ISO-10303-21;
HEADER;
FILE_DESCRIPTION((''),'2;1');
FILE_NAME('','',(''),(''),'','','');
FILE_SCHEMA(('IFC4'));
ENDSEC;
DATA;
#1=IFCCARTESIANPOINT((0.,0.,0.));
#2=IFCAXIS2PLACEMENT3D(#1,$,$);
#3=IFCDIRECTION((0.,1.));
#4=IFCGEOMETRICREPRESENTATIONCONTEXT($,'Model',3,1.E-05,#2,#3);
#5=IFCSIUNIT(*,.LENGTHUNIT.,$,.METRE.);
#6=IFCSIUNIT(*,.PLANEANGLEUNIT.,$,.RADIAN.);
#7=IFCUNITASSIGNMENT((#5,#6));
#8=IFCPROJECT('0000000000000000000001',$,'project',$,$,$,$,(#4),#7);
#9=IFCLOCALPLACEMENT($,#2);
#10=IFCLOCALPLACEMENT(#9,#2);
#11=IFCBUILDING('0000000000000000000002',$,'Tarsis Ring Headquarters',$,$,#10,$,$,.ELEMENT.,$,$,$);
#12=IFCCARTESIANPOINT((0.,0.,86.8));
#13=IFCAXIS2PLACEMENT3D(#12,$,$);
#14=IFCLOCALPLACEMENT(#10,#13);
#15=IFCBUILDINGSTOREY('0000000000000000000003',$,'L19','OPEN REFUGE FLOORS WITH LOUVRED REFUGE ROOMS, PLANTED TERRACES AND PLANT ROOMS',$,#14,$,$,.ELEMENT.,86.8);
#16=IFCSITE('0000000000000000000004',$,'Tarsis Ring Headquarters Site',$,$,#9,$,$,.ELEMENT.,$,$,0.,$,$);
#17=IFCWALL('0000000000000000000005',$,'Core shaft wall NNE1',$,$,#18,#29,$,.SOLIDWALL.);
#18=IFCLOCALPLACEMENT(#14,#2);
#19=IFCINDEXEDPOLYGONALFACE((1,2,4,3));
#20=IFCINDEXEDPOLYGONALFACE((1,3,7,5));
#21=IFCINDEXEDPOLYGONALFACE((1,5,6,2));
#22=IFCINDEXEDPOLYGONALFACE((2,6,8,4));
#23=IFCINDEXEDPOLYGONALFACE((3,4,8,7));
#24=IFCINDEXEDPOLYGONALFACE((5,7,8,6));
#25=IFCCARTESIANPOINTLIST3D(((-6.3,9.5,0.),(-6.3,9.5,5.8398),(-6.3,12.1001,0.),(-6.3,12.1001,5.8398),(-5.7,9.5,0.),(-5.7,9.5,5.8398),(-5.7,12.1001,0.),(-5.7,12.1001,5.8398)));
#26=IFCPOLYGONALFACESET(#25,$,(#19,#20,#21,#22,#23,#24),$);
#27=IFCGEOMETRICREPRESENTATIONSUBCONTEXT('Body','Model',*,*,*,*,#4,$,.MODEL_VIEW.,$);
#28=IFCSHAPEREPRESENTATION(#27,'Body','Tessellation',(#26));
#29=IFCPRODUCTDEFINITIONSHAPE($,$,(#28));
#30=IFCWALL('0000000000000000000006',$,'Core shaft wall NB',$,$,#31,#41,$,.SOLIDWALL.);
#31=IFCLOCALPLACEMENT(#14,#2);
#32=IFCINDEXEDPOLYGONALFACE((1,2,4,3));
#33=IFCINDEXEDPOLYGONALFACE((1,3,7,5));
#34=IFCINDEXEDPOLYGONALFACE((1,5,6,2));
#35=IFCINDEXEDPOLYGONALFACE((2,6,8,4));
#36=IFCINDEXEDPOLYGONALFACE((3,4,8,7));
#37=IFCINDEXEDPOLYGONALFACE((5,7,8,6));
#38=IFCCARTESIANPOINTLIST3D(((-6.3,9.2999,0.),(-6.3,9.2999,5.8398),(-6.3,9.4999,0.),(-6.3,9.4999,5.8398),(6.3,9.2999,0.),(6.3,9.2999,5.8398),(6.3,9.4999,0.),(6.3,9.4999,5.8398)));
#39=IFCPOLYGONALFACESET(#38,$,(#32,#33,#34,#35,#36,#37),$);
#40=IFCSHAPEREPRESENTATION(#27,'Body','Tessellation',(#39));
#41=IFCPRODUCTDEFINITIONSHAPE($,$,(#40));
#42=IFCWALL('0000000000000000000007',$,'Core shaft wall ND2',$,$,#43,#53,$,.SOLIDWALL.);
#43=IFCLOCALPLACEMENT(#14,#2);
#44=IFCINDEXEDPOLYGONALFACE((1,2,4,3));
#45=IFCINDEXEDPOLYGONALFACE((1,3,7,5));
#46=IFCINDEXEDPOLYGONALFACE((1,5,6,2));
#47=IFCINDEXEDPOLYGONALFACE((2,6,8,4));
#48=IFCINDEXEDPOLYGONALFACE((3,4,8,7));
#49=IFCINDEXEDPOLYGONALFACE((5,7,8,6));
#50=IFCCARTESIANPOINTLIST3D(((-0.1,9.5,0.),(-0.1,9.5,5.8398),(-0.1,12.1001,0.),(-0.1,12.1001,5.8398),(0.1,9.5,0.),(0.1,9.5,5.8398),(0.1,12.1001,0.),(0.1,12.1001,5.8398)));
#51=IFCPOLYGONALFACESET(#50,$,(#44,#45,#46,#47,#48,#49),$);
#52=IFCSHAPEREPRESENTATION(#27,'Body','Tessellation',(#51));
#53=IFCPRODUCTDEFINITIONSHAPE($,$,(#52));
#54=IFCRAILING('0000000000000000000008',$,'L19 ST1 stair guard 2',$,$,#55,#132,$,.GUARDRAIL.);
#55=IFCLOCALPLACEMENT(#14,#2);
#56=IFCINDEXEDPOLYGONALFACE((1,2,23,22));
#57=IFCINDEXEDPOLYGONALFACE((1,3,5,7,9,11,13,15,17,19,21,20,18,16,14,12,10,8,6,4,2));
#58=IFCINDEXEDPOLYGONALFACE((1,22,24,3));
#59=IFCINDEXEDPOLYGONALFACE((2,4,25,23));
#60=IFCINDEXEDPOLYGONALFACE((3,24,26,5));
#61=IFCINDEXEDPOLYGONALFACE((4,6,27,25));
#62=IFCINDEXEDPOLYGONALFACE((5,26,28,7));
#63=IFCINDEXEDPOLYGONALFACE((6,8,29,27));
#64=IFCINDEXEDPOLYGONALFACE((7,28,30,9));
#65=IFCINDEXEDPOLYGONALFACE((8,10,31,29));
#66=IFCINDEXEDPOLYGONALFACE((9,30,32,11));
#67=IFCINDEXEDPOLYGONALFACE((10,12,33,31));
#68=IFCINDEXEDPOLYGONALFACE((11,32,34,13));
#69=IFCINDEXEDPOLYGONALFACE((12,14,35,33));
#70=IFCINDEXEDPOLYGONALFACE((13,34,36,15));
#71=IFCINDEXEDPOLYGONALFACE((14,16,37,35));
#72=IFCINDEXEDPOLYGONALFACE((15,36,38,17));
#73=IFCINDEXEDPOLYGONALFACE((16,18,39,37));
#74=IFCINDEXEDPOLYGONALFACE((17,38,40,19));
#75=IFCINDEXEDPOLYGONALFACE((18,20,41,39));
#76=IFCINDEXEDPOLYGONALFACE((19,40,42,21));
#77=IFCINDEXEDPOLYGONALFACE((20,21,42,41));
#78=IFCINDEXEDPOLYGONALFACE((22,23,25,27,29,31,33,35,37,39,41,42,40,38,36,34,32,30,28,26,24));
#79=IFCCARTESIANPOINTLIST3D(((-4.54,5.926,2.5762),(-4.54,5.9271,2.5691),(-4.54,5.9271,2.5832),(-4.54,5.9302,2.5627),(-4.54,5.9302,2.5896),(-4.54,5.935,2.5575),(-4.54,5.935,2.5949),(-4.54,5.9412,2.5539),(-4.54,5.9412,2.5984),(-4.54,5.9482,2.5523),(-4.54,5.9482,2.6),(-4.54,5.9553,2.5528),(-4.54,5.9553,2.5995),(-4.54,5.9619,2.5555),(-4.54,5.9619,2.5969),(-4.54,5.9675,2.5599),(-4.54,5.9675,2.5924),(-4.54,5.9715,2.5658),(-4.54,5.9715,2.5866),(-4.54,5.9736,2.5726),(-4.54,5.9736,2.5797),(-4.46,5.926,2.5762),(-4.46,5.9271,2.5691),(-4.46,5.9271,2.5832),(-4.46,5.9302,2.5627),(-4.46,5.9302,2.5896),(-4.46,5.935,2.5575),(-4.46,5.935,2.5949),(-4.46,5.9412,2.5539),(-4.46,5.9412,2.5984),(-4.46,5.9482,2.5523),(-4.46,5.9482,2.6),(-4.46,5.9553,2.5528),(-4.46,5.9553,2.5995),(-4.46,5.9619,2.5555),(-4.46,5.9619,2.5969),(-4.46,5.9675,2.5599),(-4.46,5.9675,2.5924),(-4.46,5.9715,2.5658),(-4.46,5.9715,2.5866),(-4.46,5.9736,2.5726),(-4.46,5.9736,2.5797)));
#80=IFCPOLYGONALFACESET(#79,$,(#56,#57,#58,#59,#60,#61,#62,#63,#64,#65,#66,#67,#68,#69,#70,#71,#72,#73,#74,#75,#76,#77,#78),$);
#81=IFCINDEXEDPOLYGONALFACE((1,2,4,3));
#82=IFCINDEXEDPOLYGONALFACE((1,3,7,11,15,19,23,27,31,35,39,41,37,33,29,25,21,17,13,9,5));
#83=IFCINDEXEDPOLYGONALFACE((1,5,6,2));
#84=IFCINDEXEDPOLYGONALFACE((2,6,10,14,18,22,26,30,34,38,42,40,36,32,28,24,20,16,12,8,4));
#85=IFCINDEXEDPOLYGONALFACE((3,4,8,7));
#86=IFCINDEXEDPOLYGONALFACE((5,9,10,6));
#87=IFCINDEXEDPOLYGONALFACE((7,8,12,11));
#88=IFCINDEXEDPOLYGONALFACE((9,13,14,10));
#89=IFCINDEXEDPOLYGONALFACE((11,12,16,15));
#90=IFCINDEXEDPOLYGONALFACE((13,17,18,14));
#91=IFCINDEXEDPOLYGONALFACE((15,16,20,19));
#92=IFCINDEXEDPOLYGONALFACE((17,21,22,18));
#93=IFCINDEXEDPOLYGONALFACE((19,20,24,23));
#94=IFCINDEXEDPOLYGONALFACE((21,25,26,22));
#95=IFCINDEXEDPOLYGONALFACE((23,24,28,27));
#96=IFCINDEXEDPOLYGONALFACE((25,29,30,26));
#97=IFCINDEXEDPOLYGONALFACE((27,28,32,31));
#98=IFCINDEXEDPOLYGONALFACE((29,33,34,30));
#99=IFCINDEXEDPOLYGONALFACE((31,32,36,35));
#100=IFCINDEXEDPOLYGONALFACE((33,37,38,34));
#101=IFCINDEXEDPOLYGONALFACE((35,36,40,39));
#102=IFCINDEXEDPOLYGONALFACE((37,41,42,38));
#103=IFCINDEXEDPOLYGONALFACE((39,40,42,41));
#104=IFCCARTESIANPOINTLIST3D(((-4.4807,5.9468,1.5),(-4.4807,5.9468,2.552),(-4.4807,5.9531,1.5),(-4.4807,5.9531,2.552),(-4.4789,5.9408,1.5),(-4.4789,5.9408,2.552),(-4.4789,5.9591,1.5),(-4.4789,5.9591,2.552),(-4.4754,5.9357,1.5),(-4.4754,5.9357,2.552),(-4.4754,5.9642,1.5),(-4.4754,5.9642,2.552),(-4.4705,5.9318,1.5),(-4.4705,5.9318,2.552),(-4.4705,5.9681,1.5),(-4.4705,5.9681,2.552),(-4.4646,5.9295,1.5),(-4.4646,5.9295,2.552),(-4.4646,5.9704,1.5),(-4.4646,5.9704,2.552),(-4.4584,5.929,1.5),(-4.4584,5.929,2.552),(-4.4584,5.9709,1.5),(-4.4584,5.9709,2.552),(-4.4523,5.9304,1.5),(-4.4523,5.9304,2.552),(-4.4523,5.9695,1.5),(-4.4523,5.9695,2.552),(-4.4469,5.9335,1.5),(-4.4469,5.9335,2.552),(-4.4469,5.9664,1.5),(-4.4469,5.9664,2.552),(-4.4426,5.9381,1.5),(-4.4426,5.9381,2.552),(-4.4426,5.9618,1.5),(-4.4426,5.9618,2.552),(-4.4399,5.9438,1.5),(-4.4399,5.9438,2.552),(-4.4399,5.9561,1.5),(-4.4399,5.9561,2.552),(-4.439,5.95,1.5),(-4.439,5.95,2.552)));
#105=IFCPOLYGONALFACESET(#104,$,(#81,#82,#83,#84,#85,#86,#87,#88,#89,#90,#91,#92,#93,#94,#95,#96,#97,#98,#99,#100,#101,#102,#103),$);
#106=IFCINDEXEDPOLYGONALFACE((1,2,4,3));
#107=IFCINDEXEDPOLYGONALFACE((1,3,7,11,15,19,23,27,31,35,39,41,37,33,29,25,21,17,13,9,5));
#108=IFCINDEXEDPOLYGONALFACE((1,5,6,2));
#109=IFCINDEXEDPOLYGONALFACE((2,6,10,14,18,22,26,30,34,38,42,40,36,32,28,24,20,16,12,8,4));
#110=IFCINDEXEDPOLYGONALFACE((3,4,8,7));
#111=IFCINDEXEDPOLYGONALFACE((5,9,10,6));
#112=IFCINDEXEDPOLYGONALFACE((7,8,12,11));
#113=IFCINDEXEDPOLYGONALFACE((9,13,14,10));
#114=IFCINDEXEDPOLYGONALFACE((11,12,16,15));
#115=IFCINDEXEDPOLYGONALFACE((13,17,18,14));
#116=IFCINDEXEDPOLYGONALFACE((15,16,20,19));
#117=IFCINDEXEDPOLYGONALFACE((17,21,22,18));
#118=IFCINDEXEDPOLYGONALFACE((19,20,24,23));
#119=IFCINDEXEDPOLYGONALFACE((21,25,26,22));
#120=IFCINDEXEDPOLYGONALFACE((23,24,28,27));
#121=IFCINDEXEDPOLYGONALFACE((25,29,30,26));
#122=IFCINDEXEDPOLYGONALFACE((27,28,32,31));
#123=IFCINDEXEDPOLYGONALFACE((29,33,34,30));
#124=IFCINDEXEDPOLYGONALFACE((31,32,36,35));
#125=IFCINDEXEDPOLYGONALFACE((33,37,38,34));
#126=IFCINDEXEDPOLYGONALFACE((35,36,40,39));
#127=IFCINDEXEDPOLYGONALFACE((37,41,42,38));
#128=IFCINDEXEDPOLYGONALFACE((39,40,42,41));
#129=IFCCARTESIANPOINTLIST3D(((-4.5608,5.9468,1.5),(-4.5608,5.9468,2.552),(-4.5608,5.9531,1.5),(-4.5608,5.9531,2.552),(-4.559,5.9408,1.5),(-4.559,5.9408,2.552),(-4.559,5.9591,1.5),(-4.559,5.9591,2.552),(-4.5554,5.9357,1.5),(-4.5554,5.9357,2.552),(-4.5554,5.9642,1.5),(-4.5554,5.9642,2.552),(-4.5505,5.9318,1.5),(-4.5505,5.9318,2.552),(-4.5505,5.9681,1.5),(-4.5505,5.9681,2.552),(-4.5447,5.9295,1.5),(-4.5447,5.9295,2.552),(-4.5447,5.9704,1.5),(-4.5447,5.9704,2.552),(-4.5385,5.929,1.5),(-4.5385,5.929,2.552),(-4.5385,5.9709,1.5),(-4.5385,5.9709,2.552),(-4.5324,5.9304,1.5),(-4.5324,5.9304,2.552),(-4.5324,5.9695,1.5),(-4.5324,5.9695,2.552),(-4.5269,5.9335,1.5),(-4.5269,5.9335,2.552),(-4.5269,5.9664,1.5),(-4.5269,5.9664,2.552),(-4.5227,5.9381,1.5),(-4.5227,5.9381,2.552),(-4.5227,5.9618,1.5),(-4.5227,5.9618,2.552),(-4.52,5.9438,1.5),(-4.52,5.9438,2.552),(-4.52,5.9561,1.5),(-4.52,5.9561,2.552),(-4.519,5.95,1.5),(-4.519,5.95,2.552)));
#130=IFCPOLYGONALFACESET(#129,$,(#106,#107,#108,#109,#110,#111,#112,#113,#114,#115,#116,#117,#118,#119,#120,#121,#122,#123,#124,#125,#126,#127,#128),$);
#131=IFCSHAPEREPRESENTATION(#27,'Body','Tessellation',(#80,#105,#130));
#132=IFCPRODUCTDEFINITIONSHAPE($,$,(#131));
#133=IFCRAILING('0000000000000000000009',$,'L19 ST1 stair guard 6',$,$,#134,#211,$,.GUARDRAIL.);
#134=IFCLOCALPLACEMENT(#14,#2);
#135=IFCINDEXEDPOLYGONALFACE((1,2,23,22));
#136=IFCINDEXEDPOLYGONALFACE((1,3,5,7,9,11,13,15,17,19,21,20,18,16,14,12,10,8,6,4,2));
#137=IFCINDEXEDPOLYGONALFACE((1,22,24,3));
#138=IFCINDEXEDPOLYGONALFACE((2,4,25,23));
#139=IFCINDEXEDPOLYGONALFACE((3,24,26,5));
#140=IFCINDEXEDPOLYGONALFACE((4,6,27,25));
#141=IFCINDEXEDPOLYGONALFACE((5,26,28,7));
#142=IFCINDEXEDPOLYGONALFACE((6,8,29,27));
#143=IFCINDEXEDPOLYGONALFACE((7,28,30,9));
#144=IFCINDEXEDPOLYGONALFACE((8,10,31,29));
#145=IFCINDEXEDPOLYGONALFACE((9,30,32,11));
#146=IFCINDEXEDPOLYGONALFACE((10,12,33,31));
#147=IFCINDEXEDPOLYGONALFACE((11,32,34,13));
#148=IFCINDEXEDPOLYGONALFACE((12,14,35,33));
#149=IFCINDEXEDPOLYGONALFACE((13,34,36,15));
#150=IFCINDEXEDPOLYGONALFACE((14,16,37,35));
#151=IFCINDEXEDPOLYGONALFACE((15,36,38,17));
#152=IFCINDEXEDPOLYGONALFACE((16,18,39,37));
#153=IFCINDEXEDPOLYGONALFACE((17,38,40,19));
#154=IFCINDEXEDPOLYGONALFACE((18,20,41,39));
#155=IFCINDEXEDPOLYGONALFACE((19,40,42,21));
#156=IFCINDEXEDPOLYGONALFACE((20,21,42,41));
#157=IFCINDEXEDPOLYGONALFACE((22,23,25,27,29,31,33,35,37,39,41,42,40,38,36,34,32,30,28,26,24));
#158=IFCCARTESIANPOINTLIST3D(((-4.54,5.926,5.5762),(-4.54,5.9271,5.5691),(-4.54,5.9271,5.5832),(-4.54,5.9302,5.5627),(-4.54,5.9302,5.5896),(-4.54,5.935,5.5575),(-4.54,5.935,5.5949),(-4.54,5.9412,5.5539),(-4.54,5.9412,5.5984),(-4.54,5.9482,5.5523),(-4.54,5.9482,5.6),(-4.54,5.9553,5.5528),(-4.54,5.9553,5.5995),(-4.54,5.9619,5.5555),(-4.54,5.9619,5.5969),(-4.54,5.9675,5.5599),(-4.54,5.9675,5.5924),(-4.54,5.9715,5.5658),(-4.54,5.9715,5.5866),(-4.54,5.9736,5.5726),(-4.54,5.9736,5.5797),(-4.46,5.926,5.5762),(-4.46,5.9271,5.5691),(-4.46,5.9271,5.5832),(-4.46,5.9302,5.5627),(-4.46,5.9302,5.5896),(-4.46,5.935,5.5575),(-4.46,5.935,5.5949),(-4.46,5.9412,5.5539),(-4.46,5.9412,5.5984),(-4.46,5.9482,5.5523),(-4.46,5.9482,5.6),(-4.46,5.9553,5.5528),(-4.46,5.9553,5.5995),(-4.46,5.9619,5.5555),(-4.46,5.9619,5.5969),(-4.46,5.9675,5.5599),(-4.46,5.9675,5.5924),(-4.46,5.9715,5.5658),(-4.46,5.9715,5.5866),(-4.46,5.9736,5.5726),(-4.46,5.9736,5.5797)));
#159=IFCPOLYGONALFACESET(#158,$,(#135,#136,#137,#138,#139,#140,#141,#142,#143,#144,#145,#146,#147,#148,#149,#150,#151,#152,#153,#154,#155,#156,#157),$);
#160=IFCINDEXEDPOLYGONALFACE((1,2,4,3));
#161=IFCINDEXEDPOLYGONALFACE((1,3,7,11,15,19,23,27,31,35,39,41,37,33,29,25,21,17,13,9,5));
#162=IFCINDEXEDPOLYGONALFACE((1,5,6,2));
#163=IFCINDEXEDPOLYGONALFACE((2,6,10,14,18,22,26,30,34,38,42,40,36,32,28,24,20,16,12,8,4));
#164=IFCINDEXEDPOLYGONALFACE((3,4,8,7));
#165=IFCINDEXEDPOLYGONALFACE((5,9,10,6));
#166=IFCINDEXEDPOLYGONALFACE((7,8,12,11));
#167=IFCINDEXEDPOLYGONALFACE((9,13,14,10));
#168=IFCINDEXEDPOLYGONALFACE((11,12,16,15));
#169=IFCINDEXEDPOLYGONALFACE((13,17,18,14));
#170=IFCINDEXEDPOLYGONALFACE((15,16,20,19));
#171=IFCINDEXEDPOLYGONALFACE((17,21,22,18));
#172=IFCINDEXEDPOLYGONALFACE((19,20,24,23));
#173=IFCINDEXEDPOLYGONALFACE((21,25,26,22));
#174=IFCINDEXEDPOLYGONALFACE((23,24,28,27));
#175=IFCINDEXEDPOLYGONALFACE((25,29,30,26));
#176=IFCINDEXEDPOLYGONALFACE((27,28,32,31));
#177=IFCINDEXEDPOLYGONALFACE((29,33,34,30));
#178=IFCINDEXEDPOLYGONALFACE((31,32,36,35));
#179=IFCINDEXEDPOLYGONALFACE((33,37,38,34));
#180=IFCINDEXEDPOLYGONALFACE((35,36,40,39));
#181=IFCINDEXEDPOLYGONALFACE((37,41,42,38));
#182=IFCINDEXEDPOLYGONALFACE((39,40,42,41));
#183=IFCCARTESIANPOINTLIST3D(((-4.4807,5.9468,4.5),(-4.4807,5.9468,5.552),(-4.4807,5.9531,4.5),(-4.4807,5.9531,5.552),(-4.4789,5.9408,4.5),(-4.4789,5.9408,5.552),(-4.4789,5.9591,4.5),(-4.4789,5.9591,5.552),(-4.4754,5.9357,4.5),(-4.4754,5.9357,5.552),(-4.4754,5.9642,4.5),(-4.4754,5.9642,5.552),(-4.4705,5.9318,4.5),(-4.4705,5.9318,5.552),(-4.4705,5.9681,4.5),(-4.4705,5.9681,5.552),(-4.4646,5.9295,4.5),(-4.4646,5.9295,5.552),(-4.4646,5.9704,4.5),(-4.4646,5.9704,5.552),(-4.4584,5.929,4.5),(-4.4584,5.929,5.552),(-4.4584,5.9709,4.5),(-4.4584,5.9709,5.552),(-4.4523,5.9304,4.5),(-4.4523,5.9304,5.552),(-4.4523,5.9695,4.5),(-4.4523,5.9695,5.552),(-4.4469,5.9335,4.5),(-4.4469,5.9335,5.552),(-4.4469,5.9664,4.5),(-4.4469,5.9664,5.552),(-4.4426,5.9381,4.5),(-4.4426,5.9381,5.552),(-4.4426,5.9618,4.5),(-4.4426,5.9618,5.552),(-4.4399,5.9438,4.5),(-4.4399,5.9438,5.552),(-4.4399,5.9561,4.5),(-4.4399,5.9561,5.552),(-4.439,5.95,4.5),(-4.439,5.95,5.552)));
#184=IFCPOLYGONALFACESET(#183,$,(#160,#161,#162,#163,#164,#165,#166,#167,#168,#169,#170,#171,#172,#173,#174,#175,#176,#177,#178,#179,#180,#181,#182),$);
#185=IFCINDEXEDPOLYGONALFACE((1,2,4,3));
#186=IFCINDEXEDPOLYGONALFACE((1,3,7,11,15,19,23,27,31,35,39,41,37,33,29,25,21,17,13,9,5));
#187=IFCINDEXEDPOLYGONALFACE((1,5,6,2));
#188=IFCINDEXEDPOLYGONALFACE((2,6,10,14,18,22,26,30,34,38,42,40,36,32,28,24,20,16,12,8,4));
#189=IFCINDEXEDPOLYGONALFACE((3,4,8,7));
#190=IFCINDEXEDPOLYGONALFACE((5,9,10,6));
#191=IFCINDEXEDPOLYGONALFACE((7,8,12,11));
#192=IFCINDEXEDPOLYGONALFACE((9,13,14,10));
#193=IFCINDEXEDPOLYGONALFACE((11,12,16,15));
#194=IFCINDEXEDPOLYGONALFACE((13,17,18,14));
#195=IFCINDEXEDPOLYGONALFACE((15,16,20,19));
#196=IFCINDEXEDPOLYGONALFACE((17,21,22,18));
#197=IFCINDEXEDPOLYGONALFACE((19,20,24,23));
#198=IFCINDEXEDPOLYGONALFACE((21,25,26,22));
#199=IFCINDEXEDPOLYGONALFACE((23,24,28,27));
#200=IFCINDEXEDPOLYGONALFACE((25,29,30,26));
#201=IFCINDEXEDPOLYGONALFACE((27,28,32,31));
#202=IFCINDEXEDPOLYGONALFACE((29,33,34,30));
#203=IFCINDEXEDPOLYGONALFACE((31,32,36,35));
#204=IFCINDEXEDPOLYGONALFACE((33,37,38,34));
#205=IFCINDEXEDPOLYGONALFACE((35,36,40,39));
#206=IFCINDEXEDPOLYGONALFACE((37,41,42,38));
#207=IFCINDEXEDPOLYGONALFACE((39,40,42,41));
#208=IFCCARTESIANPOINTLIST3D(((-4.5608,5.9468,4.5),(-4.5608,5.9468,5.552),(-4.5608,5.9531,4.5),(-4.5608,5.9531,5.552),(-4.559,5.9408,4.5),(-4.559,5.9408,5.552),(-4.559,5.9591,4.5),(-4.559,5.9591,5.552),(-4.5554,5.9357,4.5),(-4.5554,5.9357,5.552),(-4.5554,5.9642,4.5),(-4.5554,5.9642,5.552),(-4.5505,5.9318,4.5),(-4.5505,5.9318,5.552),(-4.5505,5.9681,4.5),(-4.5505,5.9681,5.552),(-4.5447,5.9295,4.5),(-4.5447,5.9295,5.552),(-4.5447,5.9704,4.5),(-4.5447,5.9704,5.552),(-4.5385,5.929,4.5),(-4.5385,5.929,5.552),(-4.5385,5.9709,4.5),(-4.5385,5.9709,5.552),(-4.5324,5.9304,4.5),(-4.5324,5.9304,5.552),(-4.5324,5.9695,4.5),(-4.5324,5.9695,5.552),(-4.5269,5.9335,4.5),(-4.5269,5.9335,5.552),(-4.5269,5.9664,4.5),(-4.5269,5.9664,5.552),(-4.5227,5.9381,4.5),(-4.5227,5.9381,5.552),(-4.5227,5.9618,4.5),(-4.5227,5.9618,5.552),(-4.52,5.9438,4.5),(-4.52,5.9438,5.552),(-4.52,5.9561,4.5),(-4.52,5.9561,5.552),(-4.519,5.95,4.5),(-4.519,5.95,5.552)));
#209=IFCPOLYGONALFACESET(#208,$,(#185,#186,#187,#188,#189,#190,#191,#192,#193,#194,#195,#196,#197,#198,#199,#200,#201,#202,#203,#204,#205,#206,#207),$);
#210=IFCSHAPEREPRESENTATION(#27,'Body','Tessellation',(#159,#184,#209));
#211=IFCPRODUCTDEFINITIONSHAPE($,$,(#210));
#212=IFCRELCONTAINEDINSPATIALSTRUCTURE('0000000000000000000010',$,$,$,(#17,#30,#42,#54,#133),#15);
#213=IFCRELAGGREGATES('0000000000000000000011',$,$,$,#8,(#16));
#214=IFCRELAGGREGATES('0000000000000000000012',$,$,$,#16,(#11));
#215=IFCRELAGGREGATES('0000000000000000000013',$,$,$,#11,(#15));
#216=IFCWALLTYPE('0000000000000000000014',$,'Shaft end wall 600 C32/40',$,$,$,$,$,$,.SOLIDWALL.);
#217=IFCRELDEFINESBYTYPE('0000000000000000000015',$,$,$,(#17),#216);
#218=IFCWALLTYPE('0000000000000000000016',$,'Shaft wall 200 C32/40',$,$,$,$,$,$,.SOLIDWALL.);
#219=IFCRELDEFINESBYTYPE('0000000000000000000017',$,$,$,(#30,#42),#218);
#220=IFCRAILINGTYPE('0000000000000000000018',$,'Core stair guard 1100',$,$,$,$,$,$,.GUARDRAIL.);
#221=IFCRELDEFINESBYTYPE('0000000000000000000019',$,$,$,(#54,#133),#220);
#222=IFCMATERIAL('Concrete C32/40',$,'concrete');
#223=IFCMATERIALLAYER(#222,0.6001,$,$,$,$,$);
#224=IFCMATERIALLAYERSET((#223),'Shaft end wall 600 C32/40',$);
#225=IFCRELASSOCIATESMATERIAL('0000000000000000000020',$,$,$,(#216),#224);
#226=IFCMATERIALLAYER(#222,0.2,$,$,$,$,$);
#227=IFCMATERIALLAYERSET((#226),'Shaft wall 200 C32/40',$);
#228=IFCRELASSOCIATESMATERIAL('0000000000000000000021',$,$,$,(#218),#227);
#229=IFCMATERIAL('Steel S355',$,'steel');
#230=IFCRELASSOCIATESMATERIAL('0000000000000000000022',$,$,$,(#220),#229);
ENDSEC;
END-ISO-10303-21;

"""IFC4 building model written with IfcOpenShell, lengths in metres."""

from ifc_helpers import new_model, si_unit, direction, frame, frame_2d, origin, origin_2d, place, context, subcontext, project, spatial, rectangle, circle, extrude, material, layer, layer_set, type_object, element, save


model = new_model("IFC4")

# Units and contexts
model_context = context("Model", 3, precision=1e-05, world=origin(), true_north=direction((0.0, 1.0)))
body_context = subcontext(model_context, "Body", "Model", "MODEL_VIEW")
ifc_project = project(units=[si_unit("LENGTHUNIT", "METRE"), si_unit("PLANEANGLEUNIT", "RADIAN")], contexts=[model_context])

# Site, building, storey
site_placement = place(None, origin())
site = spatial("IfcSite", under=ifc_project, at=site_placement, Name="Tarsis Ring Headquarters Site", CompositionType="ELEMENT", RefElevation=0.0)
building_placement = place(site_placement, origin())
building = spatial("IfcBuilding", under=site, at=building_placement, Name="Tarsis Ring Headquarters", CompositionType="ELEMENT")
storey_placement = place(building_placement, frame((0.0, 0.0, 86.8)))
storey = spatial("IfcBuildingStorey", under=building, at=storey_placement, Name="L19", Description="OPEN REFUGE FLOORS WITH LOUVRED REFUGE ROOMS, PLANTED TERRACES AND PLANT ROOMS", CompositionType="ELEMENT", Elevation=86.8)

# Walls
ifc_material_1 = material(Name="Concrete C32/40", Category="concrete")
ifc_layer_1 = layer(ifc_material_1, 0.6001)
ifc_layer_set_1 = layer_set([ifc_layer_1], Name="Shaft end wall 600 C32/40")
wall_type_1 = type_object("IfcWallType", Name="Shaft end wall 600 C32/40", PredefinedType="SOLIDWALL", material=ifc_layer_set_1)
wall_1_placement = place(storey_placement, frame((-6.0, 9.5, 0.0), z_axis=(0.0, 0.0, 1.0), x_axis=(0.0, 1.0, 0.0)))
element("IfcWall", 1, at=wall_1_placement, inside=storey, type_object=wall_type_1, Name="Core shaft wall NNE1", PredefinedType="SOLIDWALL", context=body_context, shape_type="SweptSolid", body=[
    extrude(rectangle(XDim=2.6001, YDim=0.6001, at=frame_2d((1.3, 0.0))), origin(), (0.0, 0.0, 1.0), 5.8398),
])
ifc_layer_2 = layer(ifc_material_1, 0.2)
ifc_layer_set_2 = layer_set([ifc_layer_2], Name="Shaft wall 200 C32/40")
wall_type_2 = type_object("IfcWallType", Name="Shaft wall 200 C32/40", PredefinedType="SOLIDWALL", material=ifc_layer_set_2)
wall_2_placement = place(storey_placement, frame((-6.3, 9.3999, 0.0), z_axis=(0.0, 0.0, 1.0), x_axis=(1.0, 0.0, 0.0)))
element("IfcWall", 2, at=wall_2_placement, inside=storey, type_object=wall_type_2, Name="Core shaft wall NB", PredefinedType="SOLIDWALL", context=body_context, shape_type="SweptSolid", body=[
    extrude(rectangle(XDim=12.6001, YDim=0.2, at=frame_2d((6.3, 0.0))), origin(), (0.0, 0.0, 1.0), 5.8398),
])
wall_3_placement = place(storey_placement, frame((0.0, 9.5, 0.0), z_axis=(0.0, 0.0, 1.0), x_axis=(0.0, 1.0, 0.0)))
element("IfcWall", 3, at=wall_3_placement, inside=storey, type_object=wall_type_2, Name="Core shaft wall ND2", PredefinedType="SOLIDWALL", context=body_context, shape_type="SweptSolid", body=[
    extrude(rectangle(XDim=2.6001, YDim=0.2, at=frame_2d((1.3, 0.0))), origin(), (0.0, 0.0, 1.0), 5.8398),
])

# Railings
ifc_material_2 = material(Name="Steel S355", Category="steel")
railing_type_1 = type_object("IfcRailingType", Name="Core stair guard 1100", PredefinedType="GUARDRAIL", material=ifc_material_2)
for number, where, name in (
    (4, (-4.46, 5.95, 1.5), "L19 ST1 stair guard 2"),
    (5, (-4.46, 5.95, 4.5), "L19 ST1 stair guard 6"),
):
    element("IfcRailing", number, at=place(storey_placement, frame(where)), inside=storey, type_object=railing_type_1, Name=name, PredefinedType="GUARDRAIL", context=body_context, shape_type="SweptSolid", body=[
        extrude(circle(Radius=0.0239, at=origin_2d()), frame((0.0, 0.0, 1.0762), z_axis=(-1.0, 0.0, 0.0), x_axis=(0.0, -1.0, 0.0)), (0.0, 0.0, 1.0), 0.0801),
        extrude(circle(Radius=0.021, at=origin_2d()), origin(), (0.0, 0.0, 1.0), 1.052),
        extrude(circle(Radius=0.021, at=origin_2d()), frame((-0.0801, 0.0, 0.0)), (0.0, 0.0, 1.0), 1.052),
    ])

save(model, "model.ifc")
